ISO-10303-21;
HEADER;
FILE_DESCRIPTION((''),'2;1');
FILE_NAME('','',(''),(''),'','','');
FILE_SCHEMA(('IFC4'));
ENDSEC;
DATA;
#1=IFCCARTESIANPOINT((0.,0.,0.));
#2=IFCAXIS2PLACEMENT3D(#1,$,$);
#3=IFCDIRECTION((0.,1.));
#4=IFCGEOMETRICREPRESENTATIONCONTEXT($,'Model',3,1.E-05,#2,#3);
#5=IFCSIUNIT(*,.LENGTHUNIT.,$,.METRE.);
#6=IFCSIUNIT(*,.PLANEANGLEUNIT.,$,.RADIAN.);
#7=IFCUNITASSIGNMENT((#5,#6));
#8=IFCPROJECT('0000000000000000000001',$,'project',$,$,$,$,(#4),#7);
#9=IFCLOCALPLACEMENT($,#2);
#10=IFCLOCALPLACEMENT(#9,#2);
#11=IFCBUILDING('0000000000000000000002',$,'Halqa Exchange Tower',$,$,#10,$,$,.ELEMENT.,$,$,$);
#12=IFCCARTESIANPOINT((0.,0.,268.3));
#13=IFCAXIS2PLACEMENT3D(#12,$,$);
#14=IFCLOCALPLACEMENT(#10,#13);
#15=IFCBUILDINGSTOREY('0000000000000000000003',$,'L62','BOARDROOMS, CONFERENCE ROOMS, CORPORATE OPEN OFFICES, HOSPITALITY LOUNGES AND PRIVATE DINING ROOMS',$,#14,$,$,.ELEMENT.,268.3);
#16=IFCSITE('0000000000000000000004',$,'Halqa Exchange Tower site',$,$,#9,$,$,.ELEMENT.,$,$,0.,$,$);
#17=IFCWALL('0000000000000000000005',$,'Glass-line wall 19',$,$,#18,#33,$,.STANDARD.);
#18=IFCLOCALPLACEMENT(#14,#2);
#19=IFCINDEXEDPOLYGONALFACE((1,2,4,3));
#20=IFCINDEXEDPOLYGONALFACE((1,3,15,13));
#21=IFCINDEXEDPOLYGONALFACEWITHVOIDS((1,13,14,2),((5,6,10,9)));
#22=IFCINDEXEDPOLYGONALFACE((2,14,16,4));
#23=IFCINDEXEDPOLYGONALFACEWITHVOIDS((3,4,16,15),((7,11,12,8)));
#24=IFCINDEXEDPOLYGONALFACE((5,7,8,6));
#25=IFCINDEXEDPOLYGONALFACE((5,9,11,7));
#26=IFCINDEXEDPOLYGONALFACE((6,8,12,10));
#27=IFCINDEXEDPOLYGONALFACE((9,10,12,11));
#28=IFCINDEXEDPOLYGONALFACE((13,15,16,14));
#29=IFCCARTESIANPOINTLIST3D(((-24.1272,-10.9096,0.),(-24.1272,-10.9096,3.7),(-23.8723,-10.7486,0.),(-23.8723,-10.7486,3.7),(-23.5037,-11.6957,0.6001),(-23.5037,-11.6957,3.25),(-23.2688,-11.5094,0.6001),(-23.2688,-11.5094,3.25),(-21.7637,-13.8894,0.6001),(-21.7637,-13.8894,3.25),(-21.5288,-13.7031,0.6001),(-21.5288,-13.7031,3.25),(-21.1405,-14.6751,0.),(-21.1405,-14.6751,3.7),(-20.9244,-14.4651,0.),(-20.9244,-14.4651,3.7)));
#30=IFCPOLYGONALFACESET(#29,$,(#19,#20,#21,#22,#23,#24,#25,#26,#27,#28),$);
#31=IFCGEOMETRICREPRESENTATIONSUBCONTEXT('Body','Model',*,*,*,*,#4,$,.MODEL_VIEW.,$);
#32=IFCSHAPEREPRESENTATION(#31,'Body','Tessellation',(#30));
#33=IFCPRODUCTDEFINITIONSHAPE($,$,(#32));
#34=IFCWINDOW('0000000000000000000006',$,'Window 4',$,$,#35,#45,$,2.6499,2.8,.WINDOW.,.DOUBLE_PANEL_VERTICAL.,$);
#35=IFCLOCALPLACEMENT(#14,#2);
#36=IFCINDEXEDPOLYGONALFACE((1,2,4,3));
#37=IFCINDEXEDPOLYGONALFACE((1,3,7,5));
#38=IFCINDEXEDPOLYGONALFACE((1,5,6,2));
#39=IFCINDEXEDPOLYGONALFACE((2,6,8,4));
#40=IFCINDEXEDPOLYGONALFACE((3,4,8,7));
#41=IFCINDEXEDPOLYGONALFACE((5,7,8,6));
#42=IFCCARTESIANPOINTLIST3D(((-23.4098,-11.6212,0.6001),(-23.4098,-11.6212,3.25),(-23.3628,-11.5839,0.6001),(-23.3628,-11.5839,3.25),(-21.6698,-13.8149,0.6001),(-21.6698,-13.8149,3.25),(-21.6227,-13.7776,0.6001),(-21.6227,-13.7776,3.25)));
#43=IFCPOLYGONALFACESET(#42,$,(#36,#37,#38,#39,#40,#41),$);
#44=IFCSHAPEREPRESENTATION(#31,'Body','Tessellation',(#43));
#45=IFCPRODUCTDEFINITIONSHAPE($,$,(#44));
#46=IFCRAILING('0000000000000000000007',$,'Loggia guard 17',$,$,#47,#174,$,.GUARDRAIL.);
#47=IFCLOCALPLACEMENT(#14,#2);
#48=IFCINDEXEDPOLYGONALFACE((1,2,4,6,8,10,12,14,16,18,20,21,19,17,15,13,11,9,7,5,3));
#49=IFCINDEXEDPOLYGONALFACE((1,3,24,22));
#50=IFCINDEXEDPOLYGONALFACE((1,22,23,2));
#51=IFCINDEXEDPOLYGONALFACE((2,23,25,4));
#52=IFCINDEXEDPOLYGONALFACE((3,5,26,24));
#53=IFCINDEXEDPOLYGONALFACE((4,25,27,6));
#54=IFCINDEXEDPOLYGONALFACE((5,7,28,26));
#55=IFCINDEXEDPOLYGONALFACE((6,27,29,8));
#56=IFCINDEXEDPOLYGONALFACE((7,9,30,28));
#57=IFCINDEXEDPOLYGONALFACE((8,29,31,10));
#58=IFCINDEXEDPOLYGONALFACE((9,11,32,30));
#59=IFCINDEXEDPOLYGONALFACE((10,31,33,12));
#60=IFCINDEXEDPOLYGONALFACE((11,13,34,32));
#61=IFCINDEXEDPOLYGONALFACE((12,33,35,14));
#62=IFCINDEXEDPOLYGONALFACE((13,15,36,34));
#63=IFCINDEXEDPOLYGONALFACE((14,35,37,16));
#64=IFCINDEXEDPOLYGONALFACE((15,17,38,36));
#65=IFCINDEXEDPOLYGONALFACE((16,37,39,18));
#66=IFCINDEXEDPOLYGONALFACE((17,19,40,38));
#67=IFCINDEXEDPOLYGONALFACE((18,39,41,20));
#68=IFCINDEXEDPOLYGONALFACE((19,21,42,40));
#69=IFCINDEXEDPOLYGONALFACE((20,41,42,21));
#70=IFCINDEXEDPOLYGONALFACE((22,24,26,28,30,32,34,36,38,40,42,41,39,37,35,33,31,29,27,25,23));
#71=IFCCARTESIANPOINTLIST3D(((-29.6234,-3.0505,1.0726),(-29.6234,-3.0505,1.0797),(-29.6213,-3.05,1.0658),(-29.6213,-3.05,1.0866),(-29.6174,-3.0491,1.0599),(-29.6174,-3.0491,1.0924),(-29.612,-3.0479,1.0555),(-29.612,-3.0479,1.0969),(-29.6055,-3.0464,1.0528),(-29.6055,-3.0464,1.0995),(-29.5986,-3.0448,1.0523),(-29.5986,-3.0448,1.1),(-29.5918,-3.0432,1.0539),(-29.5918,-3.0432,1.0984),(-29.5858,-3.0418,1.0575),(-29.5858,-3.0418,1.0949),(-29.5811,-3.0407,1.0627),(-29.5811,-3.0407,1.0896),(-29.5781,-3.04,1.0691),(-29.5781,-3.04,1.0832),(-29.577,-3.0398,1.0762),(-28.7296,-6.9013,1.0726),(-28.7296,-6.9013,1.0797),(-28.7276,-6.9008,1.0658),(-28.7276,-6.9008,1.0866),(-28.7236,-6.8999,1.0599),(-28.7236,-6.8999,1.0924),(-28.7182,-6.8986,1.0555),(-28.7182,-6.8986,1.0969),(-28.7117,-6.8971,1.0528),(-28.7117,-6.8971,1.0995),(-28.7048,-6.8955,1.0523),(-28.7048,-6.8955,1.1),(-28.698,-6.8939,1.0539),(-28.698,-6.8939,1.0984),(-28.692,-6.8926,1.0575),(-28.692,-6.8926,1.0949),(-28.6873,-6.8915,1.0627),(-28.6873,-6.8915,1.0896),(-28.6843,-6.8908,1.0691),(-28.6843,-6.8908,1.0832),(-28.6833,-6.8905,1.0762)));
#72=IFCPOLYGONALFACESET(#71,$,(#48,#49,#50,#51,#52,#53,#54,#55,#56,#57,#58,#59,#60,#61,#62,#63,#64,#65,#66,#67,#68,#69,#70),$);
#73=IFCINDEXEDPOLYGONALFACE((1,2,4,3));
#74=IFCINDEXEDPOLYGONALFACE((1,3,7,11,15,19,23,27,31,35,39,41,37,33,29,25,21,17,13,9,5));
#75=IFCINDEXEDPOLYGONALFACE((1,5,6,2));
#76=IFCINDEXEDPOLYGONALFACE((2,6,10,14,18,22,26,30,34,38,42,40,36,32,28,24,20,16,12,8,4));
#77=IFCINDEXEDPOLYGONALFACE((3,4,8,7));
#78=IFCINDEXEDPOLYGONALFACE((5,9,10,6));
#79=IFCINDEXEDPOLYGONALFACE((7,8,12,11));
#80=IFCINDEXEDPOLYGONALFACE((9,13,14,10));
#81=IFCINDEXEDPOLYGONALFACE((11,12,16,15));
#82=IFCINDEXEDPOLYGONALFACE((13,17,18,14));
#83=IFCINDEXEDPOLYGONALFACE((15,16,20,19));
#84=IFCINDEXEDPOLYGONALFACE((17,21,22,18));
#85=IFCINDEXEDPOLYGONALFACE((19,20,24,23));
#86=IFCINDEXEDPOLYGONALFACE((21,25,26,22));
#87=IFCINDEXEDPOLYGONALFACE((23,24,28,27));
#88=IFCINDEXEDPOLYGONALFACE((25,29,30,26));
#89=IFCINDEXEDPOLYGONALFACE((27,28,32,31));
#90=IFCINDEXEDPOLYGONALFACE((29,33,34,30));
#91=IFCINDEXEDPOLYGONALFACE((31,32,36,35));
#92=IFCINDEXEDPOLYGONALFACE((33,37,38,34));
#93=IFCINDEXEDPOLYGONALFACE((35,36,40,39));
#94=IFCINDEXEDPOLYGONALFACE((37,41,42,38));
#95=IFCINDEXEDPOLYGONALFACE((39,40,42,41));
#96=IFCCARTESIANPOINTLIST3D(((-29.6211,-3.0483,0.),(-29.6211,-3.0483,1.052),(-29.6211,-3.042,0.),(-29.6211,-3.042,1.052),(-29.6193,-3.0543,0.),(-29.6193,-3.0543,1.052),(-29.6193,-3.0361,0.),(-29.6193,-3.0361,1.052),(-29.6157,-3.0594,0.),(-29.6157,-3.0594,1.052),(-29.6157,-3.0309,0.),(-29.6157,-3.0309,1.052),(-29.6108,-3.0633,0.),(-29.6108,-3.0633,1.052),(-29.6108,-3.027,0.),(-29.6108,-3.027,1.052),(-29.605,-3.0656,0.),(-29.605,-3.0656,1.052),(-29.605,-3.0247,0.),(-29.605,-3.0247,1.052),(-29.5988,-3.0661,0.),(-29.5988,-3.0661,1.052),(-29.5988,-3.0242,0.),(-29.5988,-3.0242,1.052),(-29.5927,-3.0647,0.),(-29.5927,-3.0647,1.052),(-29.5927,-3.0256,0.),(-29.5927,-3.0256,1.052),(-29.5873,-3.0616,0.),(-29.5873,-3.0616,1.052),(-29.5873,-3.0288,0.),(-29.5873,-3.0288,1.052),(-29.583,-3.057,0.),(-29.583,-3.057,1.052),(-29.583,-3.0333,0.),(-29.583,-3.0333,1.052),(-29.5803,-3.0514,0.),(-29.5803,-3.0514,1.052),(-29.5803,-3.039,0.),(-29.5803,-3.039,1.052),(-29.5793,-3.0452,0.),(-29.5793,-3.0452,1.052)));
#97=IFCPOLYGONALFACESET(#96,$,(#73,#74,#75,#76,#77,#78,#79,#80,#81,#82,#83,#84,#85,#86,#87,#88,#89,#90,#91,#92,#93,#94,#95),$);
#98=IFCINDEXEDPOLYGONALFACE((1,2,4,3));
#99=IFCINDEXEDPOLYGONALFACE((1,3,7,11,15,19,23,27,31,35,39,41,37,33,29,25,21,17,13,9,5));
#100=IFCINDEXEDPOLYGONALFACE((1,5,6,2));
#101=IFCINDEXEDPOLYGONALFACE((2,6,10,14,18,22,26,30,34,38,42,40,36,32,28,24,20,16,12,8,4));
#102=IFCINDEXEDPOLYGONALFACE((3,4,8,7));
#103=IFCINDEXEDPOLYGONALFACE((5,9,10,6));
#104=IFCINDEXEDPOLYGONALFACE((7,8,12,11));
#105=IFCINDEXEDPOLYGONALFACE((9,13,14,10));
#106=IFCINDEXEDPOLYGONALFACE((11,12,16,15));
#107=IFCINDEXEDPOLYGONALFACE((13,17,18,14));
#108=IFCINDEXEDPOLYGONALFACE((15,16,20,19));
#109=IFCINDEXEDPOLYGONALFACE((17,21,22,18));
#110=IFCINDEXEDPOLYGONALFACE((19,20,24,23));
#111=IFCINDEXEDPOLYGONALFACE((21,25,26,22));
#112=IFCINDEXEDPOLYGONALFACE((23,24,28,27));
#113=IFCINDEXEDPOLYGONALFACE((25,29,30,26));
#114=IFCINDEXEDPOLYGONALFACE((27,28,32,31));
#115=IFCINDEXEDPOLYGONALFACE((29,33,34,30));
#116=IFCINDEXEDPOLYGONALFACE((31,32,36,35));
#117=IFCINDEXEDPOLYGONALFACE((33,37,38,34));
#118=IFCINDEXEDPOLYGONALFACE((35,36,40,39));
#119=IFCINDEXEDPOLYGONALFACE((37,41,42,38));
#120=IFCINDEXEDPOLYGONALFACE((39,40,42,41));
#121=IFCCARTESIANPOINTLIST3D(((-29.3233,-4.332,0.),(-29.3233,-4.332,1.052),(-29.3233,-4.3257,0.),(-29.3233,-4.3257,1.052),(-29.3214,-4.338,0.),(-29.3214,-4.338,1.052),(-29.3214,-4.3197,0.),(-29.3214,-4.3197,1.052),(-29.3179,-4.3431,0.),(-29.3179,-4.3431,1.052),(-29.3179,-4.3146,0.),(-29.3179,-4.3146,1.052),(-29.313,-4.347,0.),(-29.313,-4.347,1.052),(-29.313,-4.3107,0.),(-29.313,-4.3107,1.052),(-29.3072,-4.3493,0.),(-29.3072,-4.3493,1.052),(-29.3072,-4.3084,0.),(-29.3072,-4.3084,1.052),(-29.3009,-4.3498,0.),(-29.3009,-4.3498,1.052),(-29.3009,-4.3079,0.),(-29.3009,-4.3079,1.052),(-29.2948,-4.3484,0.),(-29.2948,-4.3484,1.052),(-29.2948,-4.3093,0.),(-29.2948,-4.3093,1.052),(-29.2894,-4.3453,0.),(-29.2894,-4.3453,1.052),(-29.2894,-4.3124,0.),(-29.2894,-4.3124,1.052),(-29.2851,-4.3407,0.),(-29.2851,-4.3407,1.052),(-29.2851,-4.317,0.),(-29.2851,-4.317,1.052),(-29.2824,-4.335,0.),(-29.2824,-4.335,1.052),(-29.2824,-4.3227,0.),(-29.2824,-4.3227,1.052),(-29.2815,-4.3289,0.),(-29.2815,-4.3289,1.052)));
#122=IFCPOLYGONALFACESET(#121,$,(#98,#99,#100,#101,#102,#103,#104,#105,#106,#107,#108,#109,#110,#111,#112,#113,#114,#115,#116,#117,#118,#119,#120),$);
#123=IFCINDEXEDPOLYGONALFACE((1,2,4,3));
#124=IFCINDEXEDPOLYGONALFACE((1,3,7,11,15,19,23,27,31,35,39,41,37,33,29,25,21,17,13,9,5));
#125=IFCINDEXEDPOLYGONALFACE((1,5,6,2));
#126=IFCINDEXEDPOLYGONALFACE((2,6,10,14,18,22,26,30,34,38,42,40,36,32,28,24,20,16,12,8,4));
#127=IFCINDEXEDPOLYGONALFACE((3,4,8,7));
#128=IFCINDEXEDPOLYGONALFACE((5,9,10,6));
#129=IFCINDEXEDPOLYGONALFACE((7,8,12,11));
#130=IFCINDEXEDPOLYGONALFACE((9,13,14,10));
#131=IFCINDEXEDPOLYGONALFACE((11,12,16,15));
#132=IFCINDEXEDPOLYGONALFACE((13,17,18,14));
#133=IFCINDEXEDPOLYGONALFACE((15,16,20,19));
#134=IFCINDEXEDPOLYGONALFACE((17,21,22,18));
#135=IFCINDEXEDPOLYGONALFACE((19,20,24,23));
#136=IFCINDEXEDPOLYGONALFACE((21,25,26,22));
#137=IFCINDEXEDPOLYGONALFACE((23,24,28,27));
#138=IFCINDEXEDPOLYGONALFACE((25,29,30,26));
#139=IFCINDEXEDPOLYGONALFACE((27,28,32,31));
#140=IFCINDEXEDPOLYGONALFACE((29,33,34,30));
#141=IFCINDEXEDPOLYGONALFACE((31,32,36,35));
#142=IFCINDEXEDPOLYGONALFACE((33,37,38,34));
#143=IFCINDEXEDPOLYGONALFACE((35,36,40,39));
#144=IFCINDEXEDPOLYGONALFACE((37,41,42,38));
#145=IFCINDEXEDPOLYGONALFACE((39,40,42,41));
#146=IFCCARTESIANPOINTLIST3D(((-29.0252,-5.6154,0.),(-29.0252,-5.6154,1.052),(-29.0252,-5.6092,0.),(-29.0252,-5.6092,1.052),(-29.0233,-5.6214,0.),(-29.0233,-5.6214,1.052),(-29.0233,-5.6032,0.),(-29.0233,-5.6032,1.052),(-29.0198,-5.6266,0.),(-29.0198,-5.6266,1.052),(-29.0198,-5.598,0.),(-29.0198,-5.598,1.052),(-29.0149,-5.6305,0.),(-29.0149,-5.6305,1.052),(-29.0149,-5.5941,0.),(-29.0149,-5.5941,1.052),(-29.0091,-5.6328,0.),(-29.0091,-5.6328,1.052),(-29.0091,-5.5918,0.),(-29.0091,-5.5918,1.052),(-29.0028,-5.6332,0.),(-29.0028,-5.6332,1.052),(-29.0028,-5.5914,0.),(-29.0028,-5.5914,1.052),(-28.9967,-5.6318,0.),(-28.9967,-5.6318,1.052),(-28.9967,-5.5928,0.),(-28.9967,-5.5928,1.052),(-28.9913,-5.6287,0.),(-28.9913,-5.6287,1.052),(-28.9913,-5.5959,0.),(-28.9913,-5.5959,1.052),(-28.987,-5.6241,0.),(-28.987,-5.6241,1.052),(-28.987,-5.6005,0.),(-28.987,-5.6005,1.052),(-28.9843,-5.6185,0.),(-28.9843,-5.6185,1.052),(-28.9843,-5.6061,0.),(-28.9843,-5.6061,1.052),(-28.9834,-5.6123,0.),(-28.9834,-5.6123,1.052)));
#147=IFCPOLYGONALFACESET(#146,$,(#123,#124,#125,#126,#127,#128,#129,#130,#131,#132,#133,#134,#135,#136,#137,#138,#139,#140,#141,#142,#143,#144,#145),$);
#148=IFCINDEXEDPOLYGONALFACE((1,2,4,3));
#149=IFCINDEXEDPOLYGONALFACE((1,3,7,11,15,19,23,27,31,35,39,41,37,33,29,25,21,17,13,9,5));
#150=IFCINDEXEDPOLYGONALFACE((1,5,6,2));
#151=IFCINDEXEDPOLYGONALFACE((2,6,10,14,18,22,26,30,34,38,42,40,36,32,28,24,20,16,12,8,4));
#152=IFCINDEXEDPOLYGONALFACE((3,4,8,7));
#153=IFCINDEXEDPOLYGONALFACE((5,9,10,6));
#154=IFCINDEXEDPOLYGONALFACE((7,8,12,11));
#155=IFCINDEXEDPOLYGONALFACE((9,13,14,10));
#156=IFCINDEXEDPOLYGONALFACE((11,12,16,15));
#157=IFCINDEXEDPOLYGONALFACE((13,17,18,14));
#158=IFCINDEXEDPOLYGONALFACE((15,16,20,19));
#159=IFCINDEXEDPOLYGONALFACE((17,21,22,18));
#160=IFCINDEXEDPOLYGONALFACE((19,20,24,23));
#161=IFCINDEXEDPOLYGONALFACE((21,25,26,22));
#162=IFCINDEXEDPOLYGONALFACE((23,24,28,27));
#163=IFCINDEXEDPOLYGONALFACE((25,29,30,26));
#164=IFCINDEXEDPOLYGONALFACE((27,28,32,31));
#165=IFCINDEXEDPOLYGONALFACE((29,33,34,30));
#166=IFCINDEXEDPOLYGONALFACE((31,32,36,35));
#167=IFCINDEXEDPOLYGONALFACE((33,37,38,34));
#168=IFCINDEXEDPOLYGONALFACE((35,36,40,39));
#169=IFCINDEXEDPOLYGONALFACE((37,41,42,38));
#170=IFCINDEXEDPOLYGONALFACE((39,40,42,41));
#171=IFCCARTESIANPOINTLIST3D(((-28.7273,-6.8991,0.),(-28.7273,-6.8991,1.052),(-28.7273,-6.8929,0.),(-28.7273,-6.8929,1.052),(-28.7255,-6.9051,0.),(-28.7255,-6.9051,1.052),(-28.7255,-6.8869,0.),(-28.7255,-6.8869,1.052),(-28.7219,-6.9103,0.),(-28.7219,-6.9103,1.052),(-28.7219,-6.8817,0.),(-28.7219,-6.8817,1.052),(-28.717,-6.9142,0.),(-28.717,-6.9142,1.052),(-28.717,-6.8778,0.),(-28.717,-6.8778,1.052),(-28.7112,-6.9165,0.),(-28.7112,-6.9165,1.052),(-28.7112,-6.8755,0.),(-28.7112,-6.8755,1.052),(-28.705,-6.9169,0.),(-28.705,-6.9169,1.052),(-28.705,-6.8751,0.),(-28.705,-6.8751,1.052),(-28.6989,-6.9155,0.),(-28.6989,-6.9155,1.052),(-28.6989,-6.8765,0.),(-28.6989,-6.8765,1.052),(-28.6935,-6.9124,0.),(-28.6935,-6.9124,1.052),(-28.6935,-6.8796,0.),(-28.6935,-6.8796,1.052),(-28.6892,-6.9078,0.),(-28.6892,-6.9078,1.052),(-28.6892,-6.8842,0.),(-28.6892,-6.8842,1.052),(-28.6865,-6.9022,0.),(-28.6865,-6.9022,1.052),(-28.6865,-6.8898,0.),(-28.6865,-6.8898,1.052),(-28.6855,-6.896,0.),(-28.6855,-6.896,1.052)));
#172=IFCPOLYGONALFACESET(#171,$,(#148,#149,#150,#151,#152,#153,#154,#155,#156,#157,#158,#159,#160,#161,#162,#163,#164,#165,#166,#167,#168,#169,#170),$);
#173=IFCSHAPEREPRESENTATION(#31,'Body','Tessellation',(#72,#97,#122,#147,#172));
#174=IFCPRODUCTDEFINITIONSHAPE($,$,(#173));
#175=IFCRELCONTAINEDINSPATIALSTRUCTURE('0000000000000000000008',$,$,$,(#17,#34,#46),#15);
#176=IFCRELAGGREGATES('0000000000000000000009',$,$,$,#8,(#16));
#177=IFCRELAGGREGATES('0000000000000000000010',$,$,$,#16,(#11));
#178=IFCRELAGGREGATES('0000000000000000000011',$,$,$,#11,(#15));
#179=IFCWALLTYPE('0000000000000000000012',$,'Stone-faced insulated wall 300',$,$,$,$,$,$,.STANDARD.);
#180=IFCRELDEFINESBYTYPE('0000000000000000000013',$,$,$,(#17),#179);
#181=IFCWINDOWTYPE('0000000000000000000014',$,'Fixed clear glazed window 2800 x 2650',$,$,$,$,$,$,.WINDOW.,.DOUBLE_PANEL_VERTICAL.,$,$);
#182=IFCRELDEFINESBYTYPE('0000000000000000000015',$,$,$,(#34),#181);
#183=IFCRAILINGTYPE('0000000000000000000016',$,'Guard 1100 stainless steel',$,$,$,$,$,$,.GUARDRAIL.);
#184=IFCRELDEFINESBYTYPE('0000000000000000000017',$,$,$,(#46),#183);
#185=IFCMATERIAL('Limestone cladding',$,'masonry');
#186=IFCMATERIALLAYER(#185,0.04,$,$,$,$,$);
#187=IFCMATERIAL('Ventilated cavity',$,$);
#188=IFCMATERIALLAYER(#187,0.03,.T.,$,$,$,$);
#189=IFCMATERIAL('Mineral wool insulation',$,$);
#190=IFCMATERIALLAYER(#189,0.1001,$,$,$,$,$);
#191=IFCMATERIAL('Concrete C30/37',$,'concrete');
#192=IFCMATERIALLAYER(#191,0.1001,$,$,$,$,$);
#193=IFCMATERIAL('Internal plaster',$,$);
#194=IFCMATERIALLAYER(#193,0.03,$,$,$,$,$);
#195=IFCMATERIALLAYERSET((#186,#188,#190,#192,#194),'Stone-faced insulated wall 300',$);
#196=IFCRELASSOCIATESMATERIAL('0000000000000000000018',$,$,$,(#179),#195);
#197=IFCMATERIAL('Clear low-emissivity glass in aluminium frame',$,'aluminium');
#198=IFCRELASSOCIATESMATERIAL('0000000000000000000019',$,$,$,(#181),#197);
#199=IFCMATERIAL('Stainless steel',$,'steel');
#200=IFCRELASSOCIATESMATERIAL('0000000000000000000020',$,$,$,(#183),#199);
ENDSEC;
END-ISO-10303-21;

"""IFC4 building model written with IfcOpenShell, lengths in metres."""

from ifc_helpers import new_model, si_unit, direction, frame, frame_2d, origin, origin_2d, place, context, subcontext, project, spatial, polyline, rectangle, circle, outline, extrude, material, layer, layer_set, type_object, element, fill, save


model = new_model("IFC4")

# Units and contexts
model_context = context("Model", 3, precision=1e-05, world=origin(), true_north=direction((0.0, 1.0)))
body_context = subcontext(model_context, "Body", "Model", "MODEL_VIEW")
ifc_project = project(units=[si_unit("LENGTHUNIT", "METRE"), si_unit("PLANEANGLEUNIT", "RADIAN")], contexts=[model_context])

# Site, building, storey
site_placement = place(None, origin())
site = spatial("IfcSite", under=ifc_project, at=site_placement, Name="Halqa Exchange Tower site", CompositionType="ELEMENT", RefElevation=0.0)
building_placement = place(site_placement, origin())
building = spatial("IfcBuilding", under=site, at=building_placement, Name="Halqa Exchange Tower", CompositionType="ELEMENT")
storey_placement = place(building_placement, frame((0.0, 0.0, 268.3)))
storey = spatial("IfcBuildingStorey", under=building, at=storey_placement, Name="L62", Description="BOARDROOMS, CONFERENCE ROOMS, CORPORATE OPEN OFFICES, HOSPITALITY LOUNGES AND PRIVATE DINING ROOMS", CompositionType="ELEMENT", Elevation=268.3)

# Wall, opening, window
ifc_material_1 = material(Name="Limestone cladding", Category="masonry")
ifc_layer_1 = layer(ifc_material_1, 0.04)
ifc_material_2 = material(Name="Ventilated cavity")
ifc_layer_2 = layer(ifc_material_2, 0.03, ventilated=True)
ifc_material_3 = material(Name="Mineral wool insulation")
ifc_layer_3 = layer(ifc_material_3, 0.1001)
ifc_material_4 = material(Name="Concrete C30/37", Category="concrete")
ifc_layer_4 = layer(ifc_material_4, 0.1001)
ifc_material_5 = material(Name="Internal plaster")
ifc_layer_5 = layer(ifc_material_5, 0.03)
ifc_layer_set_1 = layer_set([ifc_layer_1, ifc_layer_2, ifc_layer_3, ifc_layer_4, ifc_layer_5], Name="Stone-faced insulated wall 300")
wall_type_1 = type_object("IfcWallType", Name="Stone-faced insulated wall 300", PredefinedType="STANDARD", material=ifc_layer_set_1)
ifc_material_6 = material(Name="Clear low-emissivity glass in aluminium frame", Category="aluminium")
window_type = type_object("IfcWindowType", Name="Fixed clear glazed window 2800 x 2650", PartitioningType="DOUBLE_PANEL_VERTICAL", PredefinedType="WINDOW", material=ifc_material_6)
wall_1_placement = place(storey_placement, frame((-23.9998, -10.8291, 0.0), z_axis=(0.0, 0.0, 1.0), x_axis=(0.621435, -0.783466, 0.0)))
wall_1 = element("IfcWall", 1, at=wall_1_placement, inside=storey, type_object=wall_type_1, Name="Glass-line wall 19", PredefinedType="STANDARD", context=body_context, shape_type="SweptSolid", body=[
    extrude(outline(polyline([(-0.0161, -0.1499), (4.79, -0.1499), (4.7598, 0.1499), (0.0161, 0.1499), (-0.0161, -0.1499)])), origin(), (0.0, 0.0, 1.0), 3.7),
])
opening_1_placement = place(wall_1_placement, frame((0.9873, 0.0, 0.6001)))
opening_1 = element("IfcOpeningElement", 2, at=opening_1_placement, cuts=wall_1, PredefinedType="OPENING", context=body_context, shape_type="SweptSolid", body=[
    extrude(rectangle(XDim=2.8, YDim=2.6499, at=frame_2d((1.3999, 1.325))), frame((0.0, 0.1621, 0.0), z_axis=(0.0, -1.0, 0.0), x_axis=(1.0, 0.0, 0.0)), (0.0, 0.0, 1.0), 0.324),
])
window_1_placement = place(opening_1_placement, origin())
window_1 = element("IfcWindow", 3, at=window_1_placement, inside=storey, type_object=window_type, Name="Window 4", OverallHeight=2.6499, OverallWidth=2.8, PartitioningType="DOUBLE_PANEL_VERTICAL", PredefinedType="WINDOW", context=body_context, shape_type="SweptSolid", body=[
    extrude(rectangle(XDim=2.8, YDim=2.6499, at=frame_2d((1.3999, 1.325))), frame((0.0, 0.03, 0.0), z_axis=(0.0, -1.0, 0.0), x_axis=(1.0, 0.0, 0.0)), (0.0, 0.0, 1.0), 0.0601),
])
fill(opening_1, window_1)

# Railing
ifc_material_7 = material(Name="Stainless steel", Category="steel")
railing_type = type_object("IfcRailingType", Name="Guard 1100 stainless steel", PredefinedType="GUARDRAIL", material=ifc_material_7)
railing_1_placement = place(storey_placement, frame((-29.6003, -3.0452, 0.0)))
element("IfcRailing", 4, at=railing_1_placement, inside=storey, type_object=railing_type, Name="Loggia guard 17", PredefinedType="GUARDRAIL", context=body_context, shape_type="SweptSolid", body=[
    extrude(circle(Radius=0.0239, at=origin_2d()), frame((0.0, 0.0, 1.0762), z_axis=(0.226095, -0.974105, 0.0), x_axis=(0.974105, 0.226095, 0.0)), (0.0, 0.0, 1.0), 3.9531),
    extrude(circle(Radius=0.021, at=origin_2d()), origin(), (0.0, 0.0, 1.0), 1.052),
    extrude(circle(Radius=0.021, at=origin_2d()), frame((0.2979, -1.2837, 0.0)), (0.0, 0.0, 1.0), 1.052),
    extrude(circle(Radius=0.021, at=origin_2d()), frame((0.5959, -2.5671, 0.0)), (0.0, 0.0, 1.0), 1.052),
    extrude(circle(Radius=0.021, at=origin_2d()), frame((0.8938, -3.8508, 0.0)), (0.0, 0.0, 1.0), 1.052),
])

save(model, "model.ifc")
